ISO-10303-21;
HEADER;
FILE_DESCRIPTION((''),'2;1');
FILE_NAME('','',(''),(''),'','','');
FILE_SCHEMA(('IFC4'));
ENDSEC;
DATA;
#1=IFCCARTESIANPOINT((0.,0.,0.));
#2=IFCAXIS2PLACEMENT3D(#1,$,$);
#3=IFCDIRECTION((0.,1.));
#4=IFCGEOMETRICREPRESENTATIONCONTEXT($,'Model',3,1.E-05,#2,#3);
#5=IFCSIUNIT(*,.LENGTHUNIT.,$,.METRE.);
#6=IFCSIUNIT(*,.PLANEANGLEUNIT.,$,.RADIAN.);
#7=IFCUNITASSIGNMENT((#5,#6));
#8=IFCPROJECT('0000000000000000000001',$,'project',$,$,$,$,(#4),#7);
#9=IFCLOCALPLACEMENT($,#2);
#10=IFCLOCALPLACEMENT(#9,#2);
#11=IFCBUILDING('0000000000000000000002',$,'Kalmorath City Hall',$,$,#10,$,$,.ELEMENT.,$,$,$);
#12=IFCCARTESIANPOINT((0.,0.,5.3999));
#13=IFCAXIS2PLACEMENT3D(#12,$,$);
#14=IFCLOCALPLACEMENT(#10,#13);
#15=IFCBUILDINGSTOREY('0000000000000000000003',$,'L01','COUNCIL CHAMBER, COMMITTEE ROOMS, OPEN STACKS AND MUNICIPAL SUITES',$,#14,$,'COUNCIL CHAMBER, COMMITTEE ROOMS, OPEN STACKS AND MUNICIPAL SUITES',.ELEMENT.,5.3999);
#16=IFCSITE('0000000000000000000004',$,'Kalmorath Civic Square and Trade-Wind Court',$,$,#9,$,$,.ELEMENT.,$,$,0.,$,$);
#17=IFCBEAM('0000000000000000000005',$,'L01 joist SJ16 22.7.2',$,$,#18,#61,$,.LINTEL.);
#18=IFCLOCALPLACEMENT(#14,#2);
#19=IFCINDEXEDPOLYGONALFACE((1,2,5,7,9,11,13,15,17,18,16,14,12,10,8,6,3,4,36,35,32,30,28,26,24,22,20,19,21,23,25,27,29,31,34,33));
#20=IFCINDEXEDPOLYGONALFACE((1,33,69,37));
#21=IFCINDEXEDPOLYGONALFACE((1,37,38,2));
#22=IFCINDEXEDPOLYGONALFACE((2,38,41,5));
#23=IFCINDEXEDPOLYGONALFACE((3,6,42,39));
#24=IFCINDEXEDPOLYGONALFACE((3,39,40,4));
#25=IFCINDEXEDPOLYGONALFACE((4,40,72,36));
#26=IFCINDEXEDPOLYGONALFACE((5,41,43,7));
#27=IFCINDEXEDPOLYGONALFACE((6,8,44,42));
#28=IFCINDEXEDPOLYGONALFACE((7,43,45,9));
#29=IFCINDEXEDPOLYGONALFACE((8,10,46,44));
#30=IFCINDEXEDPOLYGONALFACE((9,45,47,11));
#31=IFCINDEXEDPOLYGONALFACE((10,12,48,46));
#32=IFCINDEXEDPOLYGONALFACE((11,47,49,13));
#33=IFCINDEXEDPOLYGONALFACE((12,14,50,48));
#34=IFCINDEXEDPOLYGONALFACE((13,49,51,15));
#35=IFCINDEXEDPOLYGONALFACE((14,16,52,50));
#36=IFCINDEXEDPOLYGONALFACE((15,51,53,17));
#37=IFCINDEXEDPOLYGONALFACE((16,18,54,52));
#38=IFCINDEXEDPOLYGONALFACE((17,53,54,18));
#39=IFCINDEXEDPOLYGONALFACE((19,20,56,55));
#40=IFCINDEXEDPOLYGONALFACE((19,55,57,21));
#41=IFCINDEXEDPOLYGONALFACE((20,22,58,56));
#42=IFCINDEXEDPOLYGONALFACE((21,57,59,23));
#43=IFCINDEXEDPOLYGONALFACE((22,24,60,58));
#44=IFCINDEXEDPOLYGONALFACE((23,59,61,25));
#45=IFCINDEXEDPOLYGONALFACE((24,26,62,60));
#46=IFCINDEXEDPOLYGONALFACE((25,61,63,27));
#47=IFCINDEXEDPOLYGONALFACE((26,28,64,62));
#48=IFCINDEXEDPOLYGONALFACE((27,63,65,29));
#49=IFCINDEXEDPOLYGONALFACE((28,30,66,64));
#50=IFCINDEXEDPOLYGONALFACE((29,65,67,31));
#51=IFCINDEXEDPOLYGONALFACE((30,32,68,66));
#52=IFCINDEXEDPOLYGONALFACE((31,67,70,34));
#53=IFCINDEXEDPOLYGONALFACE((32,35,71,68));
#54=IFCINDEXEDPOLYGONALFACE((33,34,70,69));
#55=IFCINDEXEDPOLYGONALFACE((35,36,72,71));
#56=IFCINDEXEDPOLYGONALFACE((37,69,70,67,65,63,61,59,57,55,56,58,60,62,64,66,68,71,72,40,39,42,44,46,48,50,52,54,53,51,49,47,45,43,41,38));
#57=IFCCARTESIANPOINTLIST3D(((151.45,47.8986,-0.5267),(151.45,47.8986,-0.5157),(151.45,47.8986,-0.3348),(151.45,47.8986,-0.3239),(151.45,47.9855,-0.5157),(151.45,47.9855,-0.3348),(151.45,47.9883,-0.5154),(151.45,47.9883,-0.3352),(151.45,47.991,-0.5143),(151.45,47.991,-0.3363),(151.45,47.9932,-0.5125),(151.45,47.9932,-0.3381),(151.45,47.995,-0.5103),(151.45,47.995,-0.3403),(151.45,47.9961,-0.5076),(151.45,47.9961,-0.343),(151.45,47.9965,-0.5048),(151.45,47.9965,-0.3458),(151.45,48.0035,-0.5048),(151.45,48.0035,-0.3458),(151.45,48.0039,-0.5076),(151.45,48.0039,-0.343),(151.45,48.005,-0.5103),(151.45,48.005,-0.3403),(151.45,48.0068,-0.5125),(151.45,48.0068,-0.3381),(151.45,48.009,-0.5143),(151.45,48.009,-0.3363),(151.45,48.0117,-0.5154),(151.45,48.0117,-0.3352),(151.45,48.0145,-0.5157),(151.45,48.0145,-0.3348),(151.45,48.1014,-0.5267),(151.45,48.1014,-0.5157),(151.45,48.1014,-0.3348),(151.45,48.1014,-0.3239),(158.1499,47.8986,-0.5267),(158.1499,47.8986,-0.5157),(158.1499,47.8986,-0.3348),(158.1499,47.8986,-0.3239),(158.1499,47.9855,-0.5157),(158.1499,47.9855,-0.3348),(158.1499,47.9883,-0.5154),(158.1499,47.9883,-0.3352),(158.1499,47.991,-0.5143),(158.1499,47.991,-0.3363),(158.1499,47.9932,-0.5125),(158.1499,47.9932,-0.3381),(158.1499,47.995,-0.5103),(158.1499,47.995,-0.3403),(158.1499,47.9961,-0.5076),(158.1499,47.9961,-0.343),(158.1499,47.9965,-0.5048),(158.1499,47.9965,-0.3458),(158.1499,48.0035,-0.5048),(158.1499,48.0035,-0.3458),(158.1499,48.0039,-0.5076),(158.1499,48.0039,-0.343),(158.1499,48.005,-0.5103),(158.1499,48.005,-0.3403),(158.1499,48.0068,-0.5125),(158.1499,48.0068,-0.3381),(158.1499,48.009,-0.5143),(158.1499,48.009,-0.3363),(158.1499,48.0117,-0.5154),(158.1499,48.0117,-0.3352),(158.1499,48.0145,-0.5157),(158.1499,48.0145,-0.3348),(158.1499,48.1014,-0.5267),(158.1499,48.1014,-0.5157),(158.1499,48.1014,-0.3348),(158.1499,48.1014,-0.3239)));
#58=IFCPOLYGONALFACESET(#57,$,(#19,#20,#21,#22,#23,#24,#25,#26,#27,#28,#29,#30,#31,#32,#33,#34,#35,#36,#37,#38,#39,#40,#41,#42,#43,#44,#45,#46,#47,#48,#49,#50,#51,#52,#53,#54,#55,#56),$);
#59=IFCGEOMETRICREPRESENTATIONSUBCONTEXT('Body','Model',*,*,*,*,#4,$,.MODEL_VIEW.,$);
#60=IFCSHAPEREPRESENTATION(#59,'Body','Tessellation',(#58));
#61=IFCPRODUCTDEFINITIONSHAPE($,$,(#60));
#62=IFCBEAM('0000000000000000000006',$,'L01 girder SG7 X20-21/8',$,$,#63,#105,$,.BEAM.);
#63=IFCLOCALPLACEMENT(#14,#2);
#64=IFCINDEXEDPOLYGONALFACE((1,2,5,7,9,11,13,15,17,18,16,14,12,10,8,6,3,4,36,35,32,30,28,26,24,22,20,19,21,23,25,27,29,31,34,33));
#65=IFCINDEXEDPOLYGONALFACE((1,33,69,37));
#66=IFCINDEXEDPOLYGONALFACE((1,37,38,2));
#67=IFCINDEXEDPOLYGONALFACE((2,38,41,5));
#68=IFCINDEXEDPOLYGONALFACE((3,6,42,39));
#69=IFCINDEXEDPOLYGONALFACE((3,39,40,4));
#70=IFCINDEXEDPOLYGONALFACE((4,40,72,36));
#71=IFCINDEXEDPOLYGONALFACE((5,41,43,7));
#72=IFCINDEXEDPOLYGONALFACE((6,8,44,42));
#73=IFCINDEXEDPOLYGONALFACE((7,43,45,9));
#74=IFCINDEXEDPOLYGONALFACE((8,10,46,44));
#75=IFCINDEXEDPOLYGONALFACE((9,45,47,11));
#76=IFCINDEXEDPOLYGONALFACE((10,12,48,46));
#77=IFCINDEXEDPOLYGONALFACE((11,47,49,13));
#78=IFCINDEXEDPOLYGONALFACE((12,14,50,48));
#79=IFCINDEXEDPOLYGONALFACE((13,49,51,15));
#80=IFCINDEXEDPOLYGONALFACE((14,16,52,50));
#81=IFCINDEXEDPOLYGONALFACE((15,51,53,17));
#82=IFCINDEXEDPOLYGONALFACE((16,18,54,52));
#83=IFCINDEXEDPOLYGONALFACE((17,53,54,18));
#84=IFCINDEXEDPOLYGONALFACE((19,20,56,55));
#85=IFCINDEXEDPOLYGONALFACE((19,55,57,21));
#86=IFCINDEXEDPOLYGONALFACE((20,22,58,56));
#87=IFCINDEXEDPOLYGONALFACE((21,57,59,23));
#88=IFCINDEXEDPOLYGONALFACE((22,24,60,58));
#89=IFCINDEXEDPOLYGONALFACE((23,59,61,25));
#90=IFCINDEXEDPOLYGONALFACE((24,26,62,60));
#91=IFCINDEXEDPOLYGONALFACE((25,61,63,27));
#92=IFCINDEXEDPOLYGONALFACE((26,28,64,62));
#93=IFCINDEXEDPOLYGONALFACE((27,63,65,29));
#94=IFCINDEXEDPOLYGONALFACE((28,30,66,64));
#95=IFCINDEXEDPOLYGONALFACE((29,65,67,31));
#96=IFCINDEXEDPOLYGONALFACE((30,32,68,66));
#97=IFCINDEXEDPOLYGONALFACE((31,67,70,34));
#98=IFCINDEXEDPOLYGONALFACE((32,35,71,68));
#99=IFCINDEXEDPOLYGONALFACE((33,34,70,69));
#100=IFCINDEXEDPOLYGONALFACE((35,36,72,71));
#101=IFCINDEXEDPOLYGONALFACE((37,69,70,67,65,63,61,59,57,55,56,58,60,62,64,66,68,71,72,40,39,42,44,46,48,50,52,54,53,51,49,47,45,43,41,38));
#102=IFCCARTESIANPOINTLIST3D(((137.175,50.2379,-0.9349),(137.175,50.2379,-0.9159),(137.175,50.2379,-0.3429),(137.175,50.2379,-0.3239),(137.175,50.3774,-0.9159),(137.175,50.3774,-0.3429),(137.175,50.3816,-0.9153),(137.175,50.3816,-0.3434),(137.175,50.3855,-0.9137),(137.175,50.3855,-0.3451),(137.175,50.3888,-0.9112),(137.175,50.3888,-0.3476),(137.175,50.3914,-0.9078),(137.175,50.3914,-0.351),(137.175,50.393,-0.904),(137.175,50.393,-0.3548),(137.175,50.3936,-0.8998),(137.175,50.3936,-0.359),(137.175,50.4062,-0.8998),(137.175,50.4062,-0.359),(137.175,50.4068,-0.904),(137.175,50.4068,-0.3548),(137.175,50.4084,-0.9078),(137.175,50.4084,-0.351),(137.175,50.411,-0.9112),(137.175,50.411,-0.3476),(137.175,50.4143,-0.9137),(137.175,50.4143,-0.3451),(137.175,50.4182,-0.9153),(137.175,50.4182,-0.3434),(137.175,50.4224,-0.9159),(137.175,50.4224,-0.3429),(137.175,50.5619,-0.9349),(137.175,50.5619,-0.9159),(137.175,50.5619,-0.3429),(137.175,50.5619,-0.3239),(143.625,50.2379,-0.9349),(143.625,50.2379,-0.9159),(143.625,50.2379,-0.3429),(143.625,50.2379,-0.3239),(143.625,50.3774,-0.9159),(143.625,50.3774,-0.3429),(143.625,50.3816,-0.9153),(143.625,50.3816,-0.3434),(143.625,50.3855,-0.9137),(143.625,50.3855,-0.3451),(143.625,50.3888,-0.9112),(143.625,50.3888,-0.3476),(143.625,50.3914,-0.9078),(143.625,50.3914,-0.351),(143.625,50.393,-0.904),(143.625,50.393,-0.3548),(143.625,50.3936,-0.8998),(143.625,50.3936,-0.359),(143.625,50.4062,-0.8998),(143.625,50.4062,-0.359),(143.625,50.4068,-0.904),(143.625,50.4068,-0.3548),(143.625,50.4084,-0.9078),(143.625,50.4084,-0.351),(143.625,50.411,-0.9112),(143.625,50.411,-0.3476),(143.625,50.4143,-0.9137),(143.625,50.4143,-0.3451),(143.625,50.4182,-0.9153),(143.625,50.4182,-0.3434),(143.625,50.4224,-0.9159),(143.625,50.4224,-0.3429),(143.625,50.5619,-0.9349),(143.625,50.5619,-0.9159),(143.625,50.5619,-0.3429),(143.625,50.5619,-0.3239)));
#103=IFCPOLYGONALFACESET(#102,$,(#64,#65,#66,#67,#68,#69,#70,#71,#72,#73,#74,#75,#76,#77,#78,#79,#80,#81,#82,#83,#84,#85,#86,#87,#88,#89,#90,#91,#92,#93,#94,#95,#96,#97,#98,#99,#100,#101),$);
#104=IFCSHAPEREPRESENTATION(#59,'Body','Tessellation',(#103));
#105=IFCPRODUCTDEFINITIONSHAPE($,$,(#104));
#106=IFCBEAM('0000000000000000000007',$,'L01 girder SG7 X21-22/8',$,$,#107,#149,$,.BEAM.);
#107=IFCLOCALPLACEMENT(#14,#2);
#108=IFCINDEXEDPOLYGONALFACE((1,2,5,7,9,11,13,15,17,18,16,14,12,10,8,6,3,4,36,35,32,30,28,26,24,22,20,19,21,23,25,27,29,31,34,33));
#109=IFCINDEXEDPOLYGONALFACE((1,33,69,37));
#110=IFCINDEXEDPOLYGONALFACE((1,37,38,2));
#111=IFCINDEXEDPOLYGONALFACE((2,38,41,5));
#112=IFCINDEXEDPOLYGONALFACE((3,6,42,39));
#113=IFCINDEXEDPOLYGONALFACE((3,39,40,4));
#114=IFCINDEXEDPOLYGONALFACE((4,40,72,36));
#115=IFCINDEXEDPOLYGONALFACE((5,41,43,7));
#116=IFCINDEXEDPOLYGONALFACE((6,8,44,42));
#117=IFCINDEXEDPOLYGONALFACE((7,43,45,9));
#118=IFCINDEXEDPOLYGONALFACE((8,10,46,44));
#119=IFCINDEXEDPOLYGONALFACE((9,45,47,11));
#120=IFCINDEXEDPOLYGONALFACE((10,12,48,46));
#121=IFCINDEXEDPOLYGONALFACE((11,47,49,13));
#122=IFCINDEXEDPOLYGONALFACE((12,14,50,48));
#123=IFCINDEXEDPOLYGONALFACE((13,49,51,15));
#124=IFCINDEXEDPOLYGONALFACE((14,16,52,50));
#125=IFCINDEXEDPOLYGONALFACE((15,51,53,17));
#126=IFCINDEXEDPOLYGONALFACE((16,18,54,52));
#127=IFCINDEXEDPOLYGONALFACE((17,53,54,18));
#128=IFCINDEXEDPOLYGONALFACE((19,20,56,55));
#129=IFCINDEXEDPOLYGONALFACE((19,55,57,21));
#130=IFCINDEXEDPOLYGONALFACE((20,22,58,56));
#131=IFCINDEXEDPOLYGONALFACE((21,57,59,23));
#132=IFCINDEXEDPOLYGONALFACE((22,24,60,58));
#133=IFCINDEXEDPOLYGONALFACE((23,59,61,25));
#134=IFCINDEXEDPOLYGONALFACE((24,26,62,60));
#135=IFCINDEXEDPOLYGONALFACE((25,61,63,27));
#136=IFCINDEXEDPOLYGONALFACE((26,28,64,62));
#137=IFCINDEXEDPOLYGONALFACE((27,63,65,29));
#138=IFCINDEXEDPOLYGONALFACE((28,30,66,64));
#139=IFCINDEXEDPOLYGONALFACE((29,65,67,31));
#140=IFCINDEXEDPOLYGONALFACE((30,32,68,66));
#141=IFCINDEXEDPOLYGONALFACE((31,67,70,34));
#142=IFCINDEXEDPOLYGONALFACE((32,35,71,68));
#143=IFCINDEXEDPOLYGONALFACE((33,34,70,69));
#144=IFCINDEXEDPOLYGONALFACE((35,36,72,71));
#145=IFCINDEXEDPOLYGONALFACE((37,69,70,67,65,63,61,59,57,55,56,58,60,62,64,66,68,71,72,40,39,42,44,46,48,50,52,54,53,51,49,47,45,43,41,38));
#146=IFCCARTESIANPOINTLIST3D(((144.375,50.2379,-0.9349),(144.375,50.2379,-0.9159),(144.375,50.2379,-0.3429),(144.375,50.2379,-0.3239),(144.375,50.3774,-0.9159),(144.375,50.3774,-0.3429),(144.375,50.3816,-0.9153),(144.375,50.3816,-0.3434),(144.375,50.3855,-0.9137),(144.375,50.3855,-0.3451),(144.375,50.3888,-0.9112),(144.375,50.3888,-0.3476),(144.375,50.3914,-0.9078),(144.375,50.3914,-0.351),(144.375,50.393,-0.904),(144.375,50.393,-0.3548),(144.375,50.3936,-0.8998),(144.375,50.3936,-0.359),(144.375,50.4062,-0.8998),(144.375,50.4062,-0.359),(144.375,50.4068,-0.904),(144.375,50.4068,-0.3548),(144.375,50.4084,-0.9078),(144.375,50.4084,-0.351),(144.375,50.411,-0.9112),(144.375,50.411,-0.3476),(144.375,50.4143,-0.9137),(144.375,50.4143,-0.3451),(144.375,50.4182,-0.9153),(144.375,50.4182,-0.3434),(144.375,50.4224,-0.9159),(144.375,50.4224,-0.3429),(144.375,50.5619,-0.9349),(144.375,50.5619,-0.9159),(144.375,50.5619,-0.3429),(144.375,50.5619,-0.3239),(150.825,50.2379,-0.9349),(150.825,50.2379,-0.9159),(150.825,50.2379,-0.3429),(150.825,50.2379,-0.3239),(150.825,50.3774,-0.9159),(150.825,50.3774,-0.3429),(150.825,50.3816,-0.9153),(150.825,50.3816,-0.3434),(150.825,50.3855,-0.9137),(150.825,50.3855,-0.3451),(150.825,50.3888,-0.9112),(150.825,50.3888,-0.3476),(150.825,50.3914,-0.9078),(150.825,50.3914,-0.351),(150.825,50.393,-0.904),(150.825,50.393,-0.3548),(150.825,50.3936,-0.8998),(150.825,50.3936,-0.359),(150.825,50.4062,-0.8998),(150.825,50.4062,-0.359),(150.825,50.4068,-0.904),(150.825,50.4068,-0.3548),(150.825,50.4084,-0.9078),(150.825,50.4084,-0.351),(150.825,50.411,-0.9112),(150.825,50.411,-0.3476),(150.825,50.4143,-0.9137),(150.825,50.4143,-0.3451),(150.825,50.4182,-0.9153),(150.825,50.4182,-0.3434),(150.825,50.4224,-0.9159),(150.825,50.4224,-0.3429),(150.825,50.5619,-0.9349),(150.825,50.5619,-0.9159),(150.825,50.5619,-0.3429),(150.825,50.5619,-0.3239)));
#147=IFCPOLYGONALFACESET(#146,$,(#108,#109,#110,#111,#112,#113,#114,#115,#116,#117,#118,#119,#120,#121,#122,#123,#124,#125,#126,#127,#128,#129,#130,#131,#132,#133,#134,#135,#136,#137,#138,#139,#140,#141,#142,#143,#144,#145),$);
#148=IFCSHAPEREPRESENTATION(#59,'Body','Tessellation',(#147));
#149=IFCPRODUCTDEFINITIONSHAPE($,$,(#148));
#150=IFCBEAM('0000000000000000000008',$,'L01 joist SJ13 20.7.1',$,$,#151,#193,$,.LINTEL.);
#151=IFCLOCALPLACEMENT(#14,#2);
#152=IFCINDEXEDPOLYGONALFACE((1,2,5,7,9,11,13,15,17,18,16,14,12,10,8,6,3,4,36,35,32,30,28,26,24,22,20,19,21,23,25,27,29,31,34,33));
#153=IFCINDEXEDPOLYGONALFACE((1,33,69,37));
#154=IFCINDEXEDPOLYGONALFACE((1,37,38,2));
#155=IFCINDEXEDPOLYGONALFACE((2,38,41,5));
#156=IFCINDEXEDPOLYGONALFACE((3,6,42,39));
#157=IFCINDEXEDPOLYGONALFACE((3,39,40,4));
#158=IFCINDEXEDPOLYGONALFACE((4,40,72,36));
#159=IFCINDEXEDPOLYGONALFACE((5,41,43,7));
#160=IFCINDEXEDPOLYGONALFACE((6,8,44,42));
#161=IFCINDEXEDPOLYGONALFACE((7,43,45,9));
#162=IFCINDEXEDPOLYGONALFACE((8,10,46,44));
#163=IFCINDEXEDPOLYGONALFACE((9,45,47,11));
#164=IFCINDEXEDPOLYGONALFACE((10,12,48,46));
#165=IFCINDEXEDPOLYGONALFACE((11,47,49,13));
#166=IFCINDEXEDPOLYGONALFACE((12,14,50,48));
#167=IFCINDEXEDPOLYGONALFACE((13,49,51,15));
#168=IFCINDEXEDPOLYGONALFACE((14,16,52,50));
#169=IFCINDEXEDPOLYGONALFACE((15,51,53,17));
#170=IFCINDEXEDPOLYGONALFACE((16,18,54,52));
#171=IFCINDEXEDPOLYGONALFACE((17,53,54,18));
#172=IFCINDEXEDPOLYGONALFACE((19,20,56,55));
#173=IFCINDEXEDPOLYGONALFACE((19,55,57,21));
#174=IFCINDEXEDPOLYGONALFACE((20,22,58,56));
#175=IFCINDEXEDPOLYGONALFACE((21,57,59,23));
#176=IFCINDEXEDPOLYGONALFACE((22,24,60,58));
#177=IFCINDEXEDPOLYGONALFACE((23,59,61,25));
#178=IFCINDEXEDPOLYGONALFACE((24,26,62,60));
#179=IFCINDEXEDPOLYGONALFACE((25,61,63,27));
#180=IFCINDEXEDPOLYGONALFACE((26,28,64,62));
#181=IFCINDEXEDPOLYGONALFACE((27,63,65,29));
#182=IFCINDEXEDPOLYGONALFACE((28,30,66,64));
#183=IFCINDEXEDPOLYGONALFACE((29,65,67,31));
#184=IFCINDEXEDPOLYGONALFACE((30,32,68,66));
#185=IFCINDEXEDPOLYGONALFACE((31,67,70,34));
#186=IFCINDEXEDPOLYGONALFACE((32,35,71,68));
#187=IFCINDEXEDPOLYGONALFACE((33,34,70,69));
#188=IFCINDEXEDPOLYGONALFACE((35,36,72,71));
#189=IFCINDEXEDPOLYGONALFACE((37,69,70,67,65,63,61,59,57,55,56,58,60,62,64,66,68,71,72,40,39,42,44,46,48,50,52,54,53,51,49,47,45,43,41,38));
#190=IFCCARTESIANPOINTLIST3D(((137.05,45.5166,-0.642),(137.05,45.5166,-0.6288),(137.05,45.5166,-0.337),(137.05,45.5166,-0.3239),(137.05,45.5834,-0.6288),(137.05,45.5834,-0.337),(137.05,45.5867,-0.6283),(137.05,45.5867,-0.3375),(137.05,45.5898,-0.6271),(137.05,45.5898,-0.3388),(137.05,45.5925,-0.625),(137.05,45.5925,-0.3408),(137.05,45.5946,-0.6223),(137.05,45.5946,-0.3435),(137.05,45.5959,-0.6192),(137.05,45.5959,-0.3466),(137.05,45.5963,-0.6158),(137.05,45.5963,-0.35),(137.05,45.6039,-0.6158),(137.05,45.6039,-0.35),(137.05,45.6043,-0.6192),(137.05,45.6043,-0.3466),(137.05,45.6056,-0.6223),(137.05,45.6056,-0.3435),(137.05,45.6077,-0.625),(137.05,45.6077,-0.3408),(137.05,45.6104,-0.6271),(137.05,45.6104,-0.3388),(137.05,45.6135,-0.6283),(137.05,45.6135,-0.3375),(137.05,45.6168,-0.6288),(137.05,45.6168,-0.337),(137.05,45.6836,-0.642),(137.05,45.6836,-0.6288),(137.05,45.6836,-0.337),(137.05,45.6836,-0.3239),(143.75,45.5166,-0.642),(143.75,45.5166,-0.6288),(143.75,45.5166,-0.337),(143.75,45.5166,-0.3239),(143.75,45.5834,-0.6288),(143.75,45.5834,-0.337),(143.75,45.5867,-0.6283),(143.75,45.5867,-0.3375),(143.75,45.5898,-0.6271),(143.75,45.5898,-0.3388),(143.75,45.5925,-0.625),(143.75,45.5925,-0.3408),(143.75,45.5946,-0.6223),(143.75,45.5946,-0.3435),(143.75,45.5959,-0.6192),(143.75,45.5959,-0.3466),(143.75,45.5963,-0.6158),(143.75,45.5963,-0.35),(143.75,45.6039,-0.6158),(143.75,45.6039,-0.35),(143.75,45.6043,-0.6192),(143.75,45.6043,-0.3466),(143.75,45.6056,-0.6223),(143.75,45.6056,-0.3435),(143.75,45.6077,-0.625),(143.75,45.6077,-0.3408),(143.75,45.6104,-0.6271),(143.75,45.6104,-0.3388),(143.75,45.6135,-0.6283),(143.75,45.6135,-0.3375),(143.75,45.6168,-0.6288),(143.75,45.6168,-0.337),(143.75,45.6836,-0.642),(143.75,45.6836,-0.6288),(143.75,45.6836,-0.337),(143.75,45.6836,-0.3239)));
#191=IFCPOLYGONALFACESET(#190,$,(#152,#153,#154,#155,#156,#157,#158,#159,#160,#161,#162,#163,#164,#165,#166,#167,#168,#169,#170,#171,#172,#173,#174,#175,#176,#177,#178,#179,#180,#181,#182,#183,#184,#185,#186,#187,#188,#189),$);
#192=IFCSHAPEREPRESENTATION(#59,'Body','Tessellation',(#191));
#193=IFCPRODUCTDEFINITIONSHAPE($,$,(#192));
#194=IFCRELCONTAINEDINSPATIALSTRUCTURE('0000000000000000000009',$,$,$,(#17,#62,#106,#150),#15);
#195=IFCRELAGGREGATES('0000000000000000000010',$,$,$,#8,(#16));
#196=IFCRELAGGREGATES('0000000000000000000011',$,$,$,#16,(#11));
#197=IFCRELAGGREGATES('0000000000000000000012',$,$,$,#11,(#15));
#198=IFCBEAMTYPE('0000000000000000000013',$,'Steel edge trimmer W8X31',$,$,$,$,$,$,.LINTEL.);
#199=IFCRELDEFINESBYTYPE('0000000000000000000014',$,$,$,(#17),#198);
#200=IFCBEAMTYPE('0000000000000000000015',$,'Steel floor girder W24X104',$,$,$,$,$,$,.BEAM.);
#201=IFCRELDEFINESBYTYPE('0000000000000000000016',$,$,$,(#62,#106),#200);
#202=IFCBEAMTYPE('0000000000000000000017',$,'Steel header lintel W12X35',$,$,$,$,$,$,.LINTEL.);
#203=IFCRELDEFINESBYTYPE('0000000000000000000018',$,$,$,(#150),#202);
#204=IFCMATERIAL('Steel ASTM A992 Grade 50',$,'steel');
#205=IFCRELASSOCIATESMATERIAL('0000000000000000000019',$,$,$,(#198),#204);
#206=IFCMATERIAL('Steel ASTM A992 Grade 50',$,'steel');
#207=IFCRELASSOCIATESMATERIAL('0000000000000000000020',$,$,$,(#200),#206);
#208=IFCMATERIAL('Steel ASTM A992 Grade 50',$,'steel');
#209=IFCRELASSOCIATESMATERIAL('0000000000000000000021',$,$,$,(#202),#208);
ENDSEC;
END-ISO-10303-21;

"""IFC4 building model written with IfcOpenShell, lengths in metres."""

from ifc_helpers import new_model, si_unit, direction, frame, origin, origin_2d, place, context, subcontext, project, spatial, i_section, extrude, material, material_profile, profile_set, type_object, element, save


model = new_model("IFC4")

# Units and contexts
model_context = context("Model", 3, precision=1e-05, world=origin(), true_north=direction((0.0, 1.0)))
body_context = subcontext(model_context, "Body", "Model", "MODEL_VIEW")
ifc_project = project(units=[si_unit("LENGTHUNIT", "METRE"), si_unit("PLANEANGLEUNIT", "RADIAN")], contexts=[model_context])

# Site, building, storey
site_placement = place(None, origin())
site = spatial("IfcSite", under=ifc_project, at=site_placement, Name="Kalmorath Civic Square and Trade-Wind Court", CompositionType="ELEMENT", RefElevation=0.0)
building_placement = place(site_placement, origin())
building = spatial("IfcBuilding", under=site, at=building_placement, Name="Kalmorath City Hall", CompositionType="ELEMENT")
storey_placement = place(building_placement, frame((0.0, 0.0, 5.3999)))
storey = spatial("IfcBuildingStorey", under=building, at=storey_placement, Name="L01", Description="COUNCIL CHAMBER, COMMITTEE ROOMS, OPEN STACKS AND MUNICIPAL SUITES", LongName="COUNCIL CHAMBER, COMMITTEE ROOMS, OPEN STACKS AND MUNICIPAL SUITES", CompositionType="ELEMENT", Elevation=5.3999)

# Beams
ifc_material_1 = material(Name="Steel ASTM A992 Grade 50", Category="steel")
ifc_material_profile_1 = material_profile(ifc_material_1, i_section(OverallWidth=0.2029, OverallDepth=0.2029, WebThickness=0.0071, FlangeThickness=0.011, FilletRadius=0.011, at=origin_2d()), Name="W8X31")
ifc_profile_set_1 = profile_set([ifc_material_profile_1], Name="Steel ASTM A992 Grade 50")
beam_type_1 = type_object("IfcBeamType", Name="Steel edge trimmer W8X31", PredefinedType="LINTEL", material=ifc_profile_set_1)
for number, where, z_axis, x_axis, name in (
    (1, (151.45, 48.0, -0.4253), (1.0, 0.0, 0.0), (0.0, 1.0, 0.0), "L01 joist SJ16 22.7.2"),
):
    element("IfcBeam", number, at=place(storey_placement, frame(where, z_axis=z_axis, x_axis=x_axis)), inside=storey, type_object=beam_type_1, Name=name, PredefinedType="LINTEL", context=body_context, shape_type="SweptSolid", body=[
        extrude(i_section(OverallWidth=0.2029, OverallDepth=0.2029, WebThickness=0.0071, FlangeThickness=0.011, FilletRadius=0.011, at=origin_2d()), origin(), (0.0, 0.0, 1.0), 6.7),
    ])
ifc_material_2 = material(Name="Steel ASTM A992 Grade 50", Category="steel")
ifc_material_profile_2 = material_profile(ifc_material_2, i_section(OverallWidth=0.324, OverallDepth=0.6111, WebThickness=0.0127, FlangeThickness=0.019, FilletRadius=0.0161, at=origin_2d()), Name="W24X104")
ifc_profile_set_2 = profile_set([ifc_material_profile_2], Name="Steel ASTM A992 Grade 50")
beam_type_2 = type_object("IfcBeamType", Name="Steel floor girder W24X104", PredefinedType="BEAM", material=ifc_profile_set_2)
for number, where, z_axis, x_axis, name in (
    (2, (137.175, 50.3999, -0.6294), (1.0, 0.0, 0.0), (0.0, 1.0, 0.0), "L01 girder SG7 X20-21/8"),
    (3, (144.375, 50.3999, -0.6294), (1.0, 0.0, 0.0), (0.0, 1.0, 0.0), "L01 girder SG7 X21-22/8"),
):
    element("IfcBeam", number, at=place(storey_placement, frame(where, z_axis=z_axis, x_axis=x_axis)), inside=storey, type_object=beam_type_2, Name=name, PredefinedType="BEAM", context=body_context, shape_type="SweptSolid", body=[
        extrude(i_section(OverallWidth=0.324, OverallDepth=0.6111, WebThickness=0.0127, FlangeThickness=0.019, FilletRadius=0.0161, at=origin_2d()), origin(), (0.0, 0.0, 1.0), 6.45),
    ])
ifc_material_3 = material(Name="Steel ASTM A992 Grade 50", Category="steel")
ifc_material_profile_3 = material_profile(ifc_material_3, i_section(OverallWidth=0.167, OverallDepth=0.3181, WebThickness=0.0076, FlangeThickness=0.0132, FilletRadius=0.0129, at=origin_2d()), Name="W12X35")
ifc_profile_set_3 = profile_set([ifc_material_profile_3], Name="Steel ASTM A992 Grade 50")
beam_type_3 = type_object("IfcBeamType", Name="Steel header lintel W12X35", PredefinedType="LINTEL", material=ifc_profile_set_3)
for number, where, z_axis, x_axis, name in (
    (4, (137.05, 45.6001, -0.4829), (1.0, 0.0, 0.0), (0.0, 1.0, 0.0), "L01 joist SJ13 20.7.1"),
):
    element("IfcBeam", number, at=place(storey_placement, frame(where, z_axis=z_axis, x_axis=x_axis)), inside=storey, type_object=beam_type_3, Name=name, PredefinedType="LINTEL", context=body_context, shape_type="SweptSolid", body=[
        extrude(i_section(OverallWidth=0.167, OverallDepth=0.3181, WebThickness=0.0076, FlangeThickness=0.0132, FilletRadius=0.0129, at=origin_2d()), origin(), (0.0, 0.0, 1.0), 6.7),
    ])

save(model, "model.ifc")
